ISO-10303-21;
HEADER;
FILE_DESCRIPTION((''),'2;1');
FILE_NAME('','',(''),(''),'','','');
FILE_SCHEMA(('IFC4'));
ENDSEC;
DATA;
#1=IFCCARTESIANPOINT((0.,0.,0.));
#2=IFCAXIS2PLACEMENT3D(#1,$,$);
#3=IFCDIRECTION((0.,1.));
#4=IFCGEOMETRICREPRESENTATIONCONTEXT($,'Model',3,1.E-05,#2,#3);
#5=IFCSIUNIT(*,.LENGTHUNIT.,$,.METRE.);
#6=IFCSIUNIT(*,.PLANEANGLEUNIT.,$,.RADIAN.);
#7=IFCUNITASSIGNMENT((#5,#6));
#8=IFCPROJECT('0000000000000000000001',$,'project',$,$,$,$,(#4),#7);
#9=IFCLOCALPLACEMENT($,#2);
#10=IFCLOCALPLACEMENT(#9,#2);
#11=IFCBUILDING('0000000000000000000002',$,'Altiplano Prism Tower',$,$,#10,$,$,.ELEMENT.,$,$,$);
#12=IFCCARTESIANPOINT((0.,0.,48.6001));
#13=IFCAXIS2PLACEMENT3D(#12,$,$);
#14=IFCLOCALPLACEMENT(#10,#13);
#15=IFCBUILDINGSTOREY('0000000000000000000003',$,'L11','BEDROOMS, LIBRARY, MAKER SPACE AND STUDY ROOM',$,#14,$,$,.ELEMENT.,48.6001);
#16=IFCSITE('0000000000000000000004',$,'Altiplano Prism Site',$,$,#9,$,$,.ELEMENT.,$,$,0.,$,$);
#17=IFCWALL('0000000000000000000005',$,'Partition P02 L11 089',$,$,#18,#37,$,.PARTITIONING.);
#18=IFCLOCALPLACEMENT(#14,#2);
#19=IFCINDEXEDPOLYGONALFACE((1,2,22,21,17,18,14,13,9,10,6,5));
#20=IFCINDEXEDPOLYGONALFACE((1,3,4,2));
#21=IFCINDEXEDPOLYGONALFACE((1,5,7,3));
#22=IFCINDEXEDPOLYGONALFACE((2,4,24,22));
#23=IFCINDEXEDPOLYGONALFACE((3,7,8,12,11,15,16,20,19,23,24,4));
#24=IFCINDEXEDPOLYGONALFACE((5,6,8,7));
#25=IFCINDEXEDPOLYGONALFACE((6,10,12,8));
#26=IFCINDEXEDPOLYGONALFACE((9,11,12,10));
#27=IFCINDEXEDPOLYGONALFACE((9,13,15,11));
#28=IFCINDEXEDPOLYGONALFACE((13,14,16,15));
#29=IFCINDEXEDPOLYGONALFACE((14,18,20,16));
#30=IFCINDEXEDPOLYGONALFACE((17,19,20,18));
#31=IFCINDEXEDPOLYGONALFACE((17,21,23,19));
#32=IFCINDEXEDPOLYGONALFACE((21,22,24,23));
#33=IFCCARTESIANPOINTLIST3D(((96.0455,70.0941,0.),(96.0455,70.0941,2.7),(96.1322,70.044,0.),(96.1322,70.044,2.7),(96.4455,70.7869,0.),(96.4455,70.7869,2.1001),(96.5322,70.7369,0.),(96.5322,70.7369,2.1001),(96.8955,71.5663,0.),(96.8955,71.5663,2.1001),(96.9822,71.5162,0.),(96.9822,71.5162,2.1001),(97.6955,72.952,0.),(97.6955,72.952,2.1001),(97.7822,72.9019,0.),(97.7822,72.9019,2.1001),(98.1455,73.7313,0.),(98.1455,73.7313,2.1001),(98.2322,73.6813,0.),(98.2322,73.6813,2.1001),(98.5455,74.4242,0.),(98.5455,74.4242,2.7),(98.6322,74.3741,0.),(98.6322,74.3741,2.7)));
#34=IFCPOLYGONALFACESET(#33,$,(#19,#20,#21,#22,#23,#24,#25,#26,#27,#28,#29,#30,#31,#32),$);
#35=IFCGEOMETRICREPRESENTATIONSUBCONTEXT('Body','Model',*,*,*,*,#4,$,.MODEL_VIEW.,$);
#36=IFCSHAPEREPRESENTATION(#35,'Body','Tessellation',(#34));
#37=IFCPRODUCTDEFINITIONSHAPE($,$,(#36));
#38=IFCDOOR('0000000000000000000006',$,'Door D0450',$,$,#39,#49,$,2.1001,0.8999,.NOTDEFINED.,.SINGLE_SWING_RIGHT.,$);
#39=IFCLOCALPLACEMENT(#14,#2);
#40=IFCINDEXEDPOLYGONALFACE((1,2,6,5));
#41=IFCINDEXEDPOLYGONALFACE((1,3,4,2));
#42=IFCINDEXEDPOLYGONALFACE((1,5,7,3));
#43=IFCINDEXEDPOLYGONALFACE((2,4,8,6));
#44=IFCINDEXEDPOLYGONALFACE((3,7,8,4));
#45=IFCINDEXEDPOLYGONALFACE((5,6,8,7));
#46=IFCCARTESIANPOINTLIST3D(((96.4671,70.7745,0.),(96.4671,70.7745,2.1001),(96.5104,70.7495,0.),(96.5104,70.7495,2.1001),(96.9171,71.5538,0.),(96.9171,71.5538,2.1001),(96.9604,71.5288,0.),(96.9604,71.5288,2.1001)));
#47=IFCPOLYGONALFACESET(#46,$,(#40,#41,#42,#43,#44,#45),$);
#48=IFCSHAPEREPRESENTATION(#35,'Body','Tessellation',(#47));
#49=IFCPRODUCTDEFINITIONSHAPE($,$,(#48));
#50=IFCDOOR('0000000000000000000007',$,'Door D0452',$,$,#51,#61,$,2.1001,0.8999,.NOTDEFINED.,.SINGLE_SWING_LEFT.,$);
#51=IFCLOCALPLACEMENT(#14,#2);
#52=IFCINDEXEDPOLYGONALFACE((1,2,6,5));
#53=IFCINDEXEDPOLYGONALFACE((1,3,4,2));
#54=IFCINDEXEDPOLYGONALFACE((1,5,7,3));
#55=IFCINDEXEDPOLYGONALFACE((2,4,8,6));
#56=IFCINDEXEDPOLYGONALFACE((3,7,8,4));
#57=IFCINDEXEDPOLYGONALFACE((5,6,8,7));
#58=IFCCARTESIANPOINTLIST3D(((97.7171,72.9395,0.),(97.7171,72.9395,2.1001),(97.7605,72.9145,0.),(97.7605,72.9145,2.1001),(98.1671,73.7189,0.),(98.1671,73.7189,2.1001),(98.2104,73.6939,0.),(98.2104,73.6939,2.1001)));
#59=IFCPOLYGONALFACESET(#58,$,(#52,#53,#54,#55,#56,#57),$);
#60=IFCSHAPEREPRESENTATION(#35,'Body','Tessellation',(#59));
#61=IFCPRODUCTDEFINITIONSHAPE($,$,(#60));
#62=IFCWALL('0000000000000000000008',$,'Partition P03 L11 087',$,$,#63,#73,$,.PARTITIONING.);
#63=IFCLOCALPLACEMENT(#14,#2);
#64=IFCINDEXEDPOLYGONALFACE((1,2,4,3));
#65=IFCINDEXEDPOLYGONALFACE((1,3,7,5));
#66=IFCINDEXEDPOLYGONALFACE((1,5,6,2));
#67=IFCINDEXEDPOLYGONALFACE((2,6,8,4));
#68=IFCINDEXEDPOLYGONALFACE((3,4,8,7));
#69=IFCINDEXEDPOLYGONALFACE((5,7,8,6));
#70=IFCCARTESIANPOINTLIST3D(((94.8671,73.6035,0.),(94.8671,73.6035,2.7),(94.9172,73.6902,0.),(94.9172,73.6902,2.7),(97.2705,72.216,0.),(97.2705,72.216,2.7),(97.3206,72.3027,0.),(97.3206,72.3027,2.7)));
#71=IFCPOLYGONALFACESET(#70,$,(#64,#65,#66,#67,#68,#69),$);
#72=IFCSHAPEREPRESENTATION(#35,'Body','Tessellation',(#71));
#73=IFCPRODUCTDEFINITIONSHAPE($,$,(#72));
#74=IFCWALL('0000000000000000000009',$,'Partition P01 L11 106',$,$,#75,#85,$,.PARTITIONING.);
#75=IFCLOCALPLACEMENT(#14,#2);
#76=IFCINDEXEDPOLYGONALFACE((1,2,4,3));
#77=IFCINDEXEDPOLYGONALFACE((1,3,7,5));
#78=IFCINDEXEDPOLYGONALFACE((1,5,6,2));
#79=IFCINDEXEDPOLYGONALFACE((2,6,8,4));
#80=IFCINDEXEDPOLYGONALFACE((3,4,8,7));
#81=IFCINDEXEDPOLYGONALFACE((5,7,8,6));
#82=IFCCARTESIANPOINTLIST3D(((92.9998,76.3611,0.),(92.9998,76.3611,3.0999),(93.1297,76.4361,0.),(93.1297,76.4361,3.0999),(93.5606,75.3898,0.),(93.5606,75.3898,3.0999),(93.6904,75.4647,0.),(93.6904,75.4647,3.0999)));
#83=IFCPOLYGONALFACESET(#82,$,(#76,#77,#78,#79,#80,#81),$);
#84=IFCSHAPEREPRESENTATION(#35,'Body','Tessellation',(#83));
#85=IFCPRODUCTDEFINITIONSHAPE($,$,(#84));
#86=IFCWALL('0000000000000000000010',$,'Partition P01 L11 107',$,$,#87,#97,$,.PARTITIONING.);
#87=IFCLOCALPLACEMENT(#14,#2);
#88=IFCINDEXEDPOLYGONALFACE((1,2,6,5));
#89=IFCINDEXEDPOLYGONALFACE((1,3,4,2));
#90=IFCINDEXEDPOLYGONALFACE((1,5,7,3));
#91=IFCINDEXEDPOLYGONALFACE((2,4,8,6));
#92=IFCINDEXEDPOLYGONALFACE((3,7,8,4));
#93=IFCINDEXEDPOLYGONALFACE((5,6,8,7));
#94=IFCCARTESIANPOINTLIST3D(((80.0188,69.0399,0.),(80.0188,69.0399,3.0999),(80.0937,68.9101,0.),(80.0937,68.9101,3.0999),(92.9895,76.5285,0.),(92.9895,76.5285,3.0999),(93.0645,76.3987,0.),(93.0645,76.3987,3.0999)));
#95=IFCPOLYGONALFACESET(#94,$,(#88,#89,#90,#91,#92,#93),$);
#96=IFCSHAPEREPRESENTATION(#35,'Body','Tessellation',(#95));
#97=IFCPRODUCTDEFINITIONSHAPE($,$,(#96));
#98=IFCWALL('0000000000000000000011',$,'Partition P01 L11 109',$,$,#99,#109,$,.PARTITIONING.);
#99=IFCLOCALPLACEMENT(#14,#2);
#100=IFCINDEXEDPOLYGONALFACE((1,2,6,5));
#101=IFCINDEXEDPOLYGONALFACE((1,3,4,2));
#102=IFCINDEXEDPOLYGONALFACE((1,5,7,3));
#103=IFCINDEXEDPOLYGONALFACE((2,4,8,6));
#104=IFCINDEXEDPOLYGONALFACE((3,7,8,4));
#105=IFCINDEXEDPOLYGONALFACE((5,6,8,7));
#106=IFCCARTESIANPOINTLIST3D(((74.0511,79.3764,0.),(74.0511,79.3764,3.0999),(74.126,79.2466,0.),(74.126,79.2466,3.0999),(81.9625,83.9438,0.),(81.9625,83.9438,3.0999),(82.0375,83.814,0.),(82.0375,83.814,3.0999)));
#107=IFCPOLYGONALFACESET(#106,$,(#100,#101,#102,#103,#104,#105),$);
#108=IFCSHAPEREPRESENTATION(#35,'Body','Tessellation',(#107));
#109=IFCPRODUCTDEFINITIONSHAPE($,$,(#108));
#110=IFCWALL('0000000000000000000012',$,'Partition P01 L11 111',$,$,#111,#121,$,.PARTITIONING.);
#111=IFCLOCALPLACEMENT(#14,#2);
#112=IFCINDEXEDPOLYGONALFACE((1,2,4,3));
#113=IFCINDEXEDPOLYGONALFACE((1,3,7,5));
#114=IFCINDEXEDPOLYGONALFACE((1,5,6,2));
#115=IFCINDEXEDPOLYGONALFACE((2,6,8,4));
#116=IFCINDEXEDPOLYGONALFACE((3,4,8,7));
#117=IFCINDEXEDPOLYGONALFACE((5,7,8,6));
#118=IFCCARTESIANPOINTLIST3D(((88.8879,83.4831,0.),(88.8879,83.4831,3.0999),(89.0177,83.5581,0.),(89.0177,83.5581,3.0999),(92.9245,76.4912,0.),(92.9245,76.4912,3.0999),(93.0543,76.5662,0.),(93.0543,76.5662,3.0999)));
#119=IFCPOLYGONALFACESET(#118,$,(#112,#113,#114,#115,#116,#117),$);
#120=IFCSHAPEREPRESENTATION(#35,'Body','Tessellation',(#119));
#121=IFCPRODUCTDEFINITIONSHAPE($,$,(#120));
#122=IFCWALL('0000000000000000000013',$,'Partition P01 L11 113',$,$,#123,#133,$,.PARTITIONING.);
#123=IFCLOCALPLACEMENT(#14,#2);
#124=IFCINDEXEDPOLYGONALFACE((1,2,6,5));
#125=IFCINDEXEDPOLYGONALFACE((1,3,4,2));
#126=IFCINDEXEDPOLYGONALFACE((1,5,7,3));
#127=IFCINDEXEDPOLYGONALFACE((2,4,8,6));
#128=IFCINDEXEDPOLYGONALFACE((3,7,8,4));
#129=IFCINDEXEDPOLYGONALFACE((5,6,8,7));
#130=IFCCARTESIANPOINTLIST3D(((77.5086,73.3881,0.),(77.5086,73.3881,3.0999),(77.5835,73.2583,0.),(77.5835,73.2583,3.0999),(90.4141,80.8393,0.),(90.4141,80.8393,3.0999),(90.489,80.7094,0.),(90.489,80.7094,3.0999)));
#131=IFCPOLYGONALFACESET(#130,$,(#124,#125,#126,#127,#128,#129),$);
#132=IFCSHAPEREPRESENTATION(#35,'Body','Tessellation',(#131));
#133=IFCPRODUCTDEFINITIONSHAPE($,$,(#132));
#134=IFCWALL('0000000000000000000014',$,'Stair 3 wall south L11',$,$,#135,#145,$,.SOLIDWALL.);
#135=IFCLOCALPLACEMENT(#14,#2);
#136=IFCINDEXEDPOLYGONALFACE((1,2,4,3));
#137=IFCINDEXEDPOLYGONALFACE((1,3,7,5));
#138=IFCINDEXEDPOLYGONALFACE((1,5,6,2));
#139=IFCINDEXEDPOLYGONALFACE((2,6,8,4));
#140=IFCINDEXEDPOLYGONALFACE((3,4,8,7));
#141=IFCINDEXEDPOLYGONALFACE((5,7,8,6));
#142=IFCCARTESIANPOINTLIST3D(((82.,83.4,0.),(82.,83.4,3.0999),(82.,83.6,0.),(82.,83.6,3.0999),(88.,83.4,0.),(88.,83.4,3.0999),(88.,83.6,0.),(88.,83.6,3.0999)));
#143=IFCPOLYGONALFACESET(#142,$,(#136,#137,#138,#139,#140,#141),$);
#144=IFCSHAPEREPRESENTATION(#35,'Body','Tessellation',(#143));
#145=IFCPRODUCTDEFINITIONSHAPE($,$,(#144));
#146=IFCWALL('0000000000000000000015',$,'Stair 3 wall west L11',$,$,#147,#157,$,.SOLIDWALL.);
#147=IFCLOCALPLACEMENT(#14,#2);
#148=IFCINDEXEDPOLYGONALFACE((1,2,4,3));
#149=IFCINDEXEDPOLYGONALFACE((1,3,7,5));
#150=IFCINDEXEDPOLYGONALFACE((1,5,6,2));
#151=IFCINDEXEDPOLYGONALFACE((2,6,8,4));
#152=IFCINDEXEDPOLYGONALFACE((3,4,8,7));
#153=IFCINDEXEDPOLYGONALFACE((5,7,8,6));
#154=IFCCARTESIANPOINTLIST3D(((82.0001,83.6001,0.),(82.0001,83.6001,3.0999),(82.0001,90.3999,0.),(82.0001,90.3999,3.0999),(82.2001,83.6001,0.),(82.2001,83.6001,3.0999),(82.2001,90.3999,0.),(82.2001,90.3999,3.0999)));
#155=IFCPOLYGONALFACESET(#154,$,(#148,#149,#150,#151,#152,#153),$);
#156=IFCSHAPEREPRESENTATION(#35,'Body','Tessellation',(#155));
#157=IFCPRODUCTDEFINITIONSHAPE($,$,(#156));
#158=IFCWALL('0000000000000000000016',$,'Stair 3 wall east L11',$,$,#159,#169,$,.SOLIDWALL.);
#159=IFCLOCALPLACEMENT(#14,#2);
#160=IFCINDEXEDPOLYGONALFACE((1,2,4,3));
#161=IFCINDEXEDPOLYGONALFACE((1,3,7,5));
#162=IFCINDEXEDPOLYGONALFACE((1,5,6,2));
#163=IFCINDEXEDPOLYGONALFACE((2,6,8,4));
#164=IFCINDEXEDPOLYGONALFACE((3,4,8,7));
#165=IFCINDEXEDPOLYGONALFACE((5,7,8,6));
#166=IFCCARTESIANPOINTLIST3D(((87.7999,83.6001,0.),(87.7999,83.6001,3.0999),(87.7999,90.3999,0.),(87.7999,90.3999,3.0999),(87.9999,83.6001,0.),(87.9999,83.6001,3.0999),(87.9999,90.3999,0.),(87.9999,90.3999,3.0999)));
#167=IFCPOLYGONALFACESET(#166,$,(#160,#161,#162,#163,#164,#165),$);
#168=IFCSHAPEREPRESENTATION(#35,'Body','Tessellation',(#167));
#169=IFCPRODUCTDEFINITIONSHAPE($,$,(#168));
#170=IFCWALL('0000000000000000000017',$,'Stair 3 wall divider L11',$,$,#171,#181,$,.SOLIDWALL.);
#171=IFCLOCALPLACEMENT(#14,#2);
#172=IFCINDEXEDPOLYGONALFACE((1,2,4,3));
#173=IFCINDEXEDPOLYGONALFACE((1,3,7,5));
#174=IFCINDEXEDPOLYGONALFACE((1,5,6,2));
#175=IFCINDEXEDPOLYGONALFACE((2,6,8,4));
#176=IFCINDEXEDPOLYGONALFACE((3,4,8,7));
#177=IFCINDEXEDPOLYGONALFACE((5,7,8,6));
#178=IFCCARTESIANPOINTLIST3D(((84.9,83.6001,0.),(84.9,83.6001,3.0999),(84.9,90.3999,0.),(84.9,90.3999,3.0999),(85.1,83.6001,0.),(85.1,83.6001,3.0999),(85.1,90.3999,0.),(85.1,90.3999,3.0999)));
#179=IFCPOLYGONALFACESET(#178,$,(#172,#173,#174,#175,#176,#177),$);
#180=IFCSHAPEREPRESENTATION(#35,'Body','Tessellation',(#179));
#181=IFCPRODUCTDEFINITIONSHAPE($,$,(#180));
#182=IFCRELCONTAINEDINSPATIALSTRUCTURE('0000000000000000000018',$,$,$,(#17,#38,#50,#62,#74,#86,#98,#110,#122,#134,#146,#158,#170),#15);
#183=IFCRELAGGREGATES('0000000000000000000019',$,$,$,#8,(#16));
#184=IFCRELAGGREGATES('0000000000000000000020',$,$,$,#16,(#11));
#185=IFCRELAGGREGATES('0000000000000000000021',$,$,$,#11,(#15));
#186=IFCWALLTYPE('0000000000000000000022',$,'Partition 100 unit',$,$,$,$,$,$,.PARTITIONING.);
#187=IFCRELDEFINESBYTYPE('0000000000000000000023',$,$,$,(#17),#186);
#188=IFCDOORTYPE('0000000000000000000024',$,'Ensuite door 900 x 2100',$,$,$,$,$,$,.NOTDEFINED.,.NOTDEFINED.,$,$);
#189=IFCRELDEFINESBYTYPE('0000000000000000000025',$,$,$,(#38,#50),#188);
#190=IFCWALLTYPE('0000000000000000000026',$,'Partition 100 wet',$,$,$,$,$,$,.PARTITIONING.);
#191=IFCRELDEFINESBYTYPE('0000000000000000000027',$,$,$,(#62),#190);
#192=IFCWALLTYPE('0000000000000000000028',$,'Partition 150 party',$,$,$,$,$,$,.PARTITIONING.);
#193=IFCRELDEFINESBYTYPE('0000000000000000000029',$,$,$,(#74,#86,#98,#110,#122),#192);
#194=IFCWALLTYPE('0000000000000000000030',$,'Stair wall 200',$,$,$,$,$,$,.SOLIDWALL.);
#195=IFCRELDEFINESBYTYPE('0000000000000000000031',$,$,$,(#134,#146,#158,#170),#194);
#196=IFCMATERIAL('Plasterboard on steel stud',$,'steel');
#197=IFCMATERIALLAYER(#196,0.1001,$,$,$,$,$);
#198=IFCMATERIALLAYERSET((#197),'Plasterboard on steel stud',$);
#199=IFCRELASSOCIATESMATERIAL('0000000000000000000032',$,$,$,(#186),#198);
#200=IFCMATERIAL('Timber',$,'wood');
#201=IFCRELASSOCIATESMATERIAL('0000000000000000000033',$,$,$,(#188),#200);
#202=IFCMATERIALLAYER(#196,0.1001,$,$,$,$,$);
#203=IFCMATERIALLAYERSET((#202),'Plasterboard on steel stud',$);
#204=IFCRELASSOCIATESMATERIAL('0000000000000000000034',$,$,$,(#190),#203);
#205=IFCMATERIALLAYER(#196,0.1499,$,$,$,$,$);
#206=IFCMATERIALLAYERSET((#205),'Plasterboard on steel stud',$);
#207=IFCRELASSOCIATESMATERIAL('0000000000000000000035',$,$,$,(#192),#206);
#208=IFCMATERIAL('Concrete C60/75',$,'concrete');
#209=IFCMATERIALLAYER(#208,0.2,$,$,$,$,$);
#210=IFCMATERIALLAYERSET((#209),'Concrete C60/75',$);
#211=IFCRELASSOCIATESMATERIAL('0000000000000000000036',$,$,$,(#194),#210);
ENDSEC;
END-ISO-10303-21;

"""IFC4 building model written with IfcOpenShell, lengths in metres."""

from ifc_helpers import new_model, si_unit, direction, frame, frame_2d, origin, place, context, subcontext, project, spatial, rectangle, extrude, material, layer, layer_set, type_object, element, fill, save


model = new_model("IFC4")

# Units and contexts
model_context = context("Model", 3, precision=1e-05, world=origin(), true_north=direction((0.0, 1.0)))
body_context = subcontext(model_context, "Body", "Model", "MODEL_VIEW")
ifc_project = project(units=[si_unit("LENGTHUNIT", "METRE"), si_unit("PLANEANGLEUNIT", "RADIAN")], contexts=[model_context])

# Site, building, storey
site_placement = place(None, origin())
site = spatial("IfcSite", under=ifc_project, at=site_placement, Name="Altiplano Prism Site", CompositionType="ELEMENT", RefElevation=0.0)
building_placement = place(site_placement, origin())
building = spatial("IfcBuilding", under=site, at=building_placement, Name="Altiplano Prism Tower", CompositionType="ELEMENT")
storey_placement = place(building_placement, frame((0.0, 0.0, 48.6001)))
storey = spatial("IfcBuildingStorey", under=building, at=storey_placement, Name="L11", Description="BEDROOMS, LIBRARY, MAKER SPACE AND STUDY ROOM", CompositionType="ELEMENT", Elevation=48.6001)

# Shared definitions
ifc_material_1 = material(Name="Concrete C60/75", Category="concrete")

# Shared definitions
ifc_material_2 = material(Name="Plasterboard on steel stud", Category="steel")
ifc_layer_1 = layer(ifc_material_2, 0.1001)
ifc_layer_set_1 = layer_set([ifc_layer_1], Name="Plasterboard on steel stud")
wall_type_1 = type_object("IfcWallType", Name="Partition 100 unit", PredefinedType="PARTITIONING", material=ifc_layer_set_1)
ifc_material_3 = material(Name="Timber", Category="wood")
door_type = type_object("IfcDoorType", Name="Ensuite door 900 x 2100", OperationType="NOTDEFINED", PredefinedType="NOTDEFINED", material=ifc_material_3)

# Wall, openings, doors
wall_1_placement = place(storey_placement, frame((98.5889, 74.3992, 0.0), z_axis=(0.0, 0.0, 1.0), x_axis=(-0.500004, -0.866023, 0.0)))
wall_1 = element("IfcWall", 1, at=wall_1_placement, inside=storey, type_object=wall_type_1, Name="Partition P02 L11 089", PredefinedType="PARTITIONING", context=body_context, shape_type="SweptSolid", body=[
    extrude(rectangle(XDim=5.0, YDim=0.1001, at=frame_2d((2.5, 0.0))), origin(), (0.0, 0.0, 1.0), 2.7),
])
opening_1_placement = place(wall_1_placement, frame((3.3, 0.0, 0.0)))
opening_1 = element("IfcOpeningElement", 2, at=opening_1_placement, cuts=wall_1, PredefinedType="OPENING", context=body_context, shape_type="SweptSolid", body=[
    extrude(rectangle(XDim=0.8999, YDim=2.1001, at=frame_2d((0.45, 1.05))), frame((0.0, 0.0605, 0.0), z_axis=(0.0, -1.0, 0.0), x_axis=(1.0, 0.0, 0.0)), (0.0, 0.0, 1.0), 0.1211),
])
opening_2_placement = place(wall_1_placement, frame((0.8, 0.0, 0.0)))
opening_2 = element("IfcOpeningElement", 3, at=opening_2_placement, cuts=wall_1, PredefinedType="OPENING", context=body_context, shape_type="SweptSolid", body=[
    extrude(rectangle(XDim=0.8999, YDim=2.1001, at=frame_2d((0.45, 1.05))), frame((0.0, 0.0605, 0.0), z_axis=(0.0, -1.0, 0.0), x_axis=(1.0, 0.0, 0.0)), (0.0, 0.0, 1.0), 0.1211),
])
door_1_placement = place(opening_1_placement, origin())
door_1 = element("IfcDoor", 4, at=door_1_placement, inside=storey, type_object=door_type, Name="Door D0450", OperationType="SINGLE_SWING_RIGHT", OverallHeight=2.1001, OverallWidth=0.8999, PredefinedType="NOTDEFINED", context=body_context, shape_type="SweptSolid", body=[
    extrude(rectangle(XDim=0.8999, YDim=2.1001, at=frame_2d((0.45, 1.05))), frame((0.0, 0.0249, 0.0), z_axis=(0.0, -1.0, 0.0), x_axis=(1.0, 0.0, 0.0)), (0.0, 0.0, 1.0), 0.05),
])
fill(opening_1, door_1)
door_2_placement = place(opening_2_placement, origin())
door_2 = element("IfcDoor", 5, at=door_2_placement, inside=storey, type_object=door_type, Name="Door D0452", OperationType="SINGLE_SWING_LEFT", OverallHeight=2.1001, OverallWidth=0.8999, PredefinedType="NOTDEFINED", context=body_context, shape_type="SweptSolid", body=[
    extrude(rectangle(XDim=0.8999, YDim=2.1001, at=frame_2d((0.45, 1.05))), frame((0.0, 0.0249, 0.0), z_axis=(0.0, -1.0, 0.0), x_axis=(1.0, 0.0, 0.0)), (0.0, 0.0, 1.0), 0.05),
])
fill(opening_2, door_2)

# Walls
ifc_layer_2 = layer(ifc_material_2, 0.1001)
ifc_layer_set_2 = layer_set([ifc_layer_2], Name="Plasterboard on steel stud")
wall_type_2 = type_object("IfcWallType", Name="Partition 100 wet", PredefinedType="PARTITIONING", material=ifc_layer_set_2)
wall_2_placement = place(storey_placement, frame((97.2957, 72.2593, 0.0), z_axis=(0.0, 0.0, 1.0), x_axis=(-0.866042, 0.499971, 0.0)))
element("IfcWall", 6, at=wall_2_placement, inside=storey, type_object=wall_type_2, Name="Partition P03 L11 087", PredefinedType="PARTITIONING", context=body_context, shape_type="SweptSolid", body=[
    extrude(rectangle(XDim=2.7751, YDim=0.1001, at=frame_2d((1.3877, 0.0))), origin(), (0.0, 0.0, 1.0), 2.7),
])
ifc_layer_3 = layer(ifc_material_2, 0.1499)
ifc_layer_set_3 = layer_set([ifc_layer_3], Name="Plasterboard on steel stud")
wall_type_3 = type_object("IfcWallType", Name="Partition 150 party", PredefinedType="PARTITIONING", material=ifc_layer_set_3)
wall_3_placement = place(storey_placement, frame((93.6255, 75.4272, 0.0), z_axis=(0.0, 0.0, 1.0), x_axis=(-0.499955, 0.866051, 0.0)))
element("IfcWall", 7, at=wall_3_placement, inside=storey, type_object=wall_type_3, Name="Partition P01 L11 106", PredefinedType="PARTITIONING", context=body_context, shape_type="SweptSolid", body=[
    extrude(rectangle(XDim=1.1216, YDim=0.1499, at=frame_2d((0.5608, 0.0))), origin(), (0.0, 0.0, 1.0), 3.0999),
])
wall_4_placement = place(storey_placement, frame((93.0271, 76.4636, 0.0), z_axis=(0.0, 0.0, 1.0), x_axis=(-0.866029, -0.499994, 0.0)))
element("IfcWall", 8, at=wall_4_placement, inside=storey, type_object=wall_type_3, Name="Partition P01 L11 107", PredefinedType="PARTITIONING", context=body_context, shape_type="SweptSolid", body=[
    extrude(rectangle(XDim=14.9773, YDim=0.1499, at=frame_2d((7.4888, 0.0))), origin(), (0.0, 0.0, 1.0), 3.0999),
])
wall_5_placement = place(storey_placement, frame((82.0, 83.8789, 0.0), z_axis=(0.0, 0.0, 1.0), x_axis=(-0.866037, -0.499979, 0.0)))
element("IfcWall", 9, at=wall_5_placement, inside=storey, type_object=wall_type_3, Name="Partition P01 L11 109", PredefinedType="PARTITIONING", context=body_context, shape_type="SweptSolid", body=[
    extrude(rectangle(XDim=9.1353, YDim=0.1499, at=frame_2d((4.5676, 0.0))), origin(), (0.0, 0.0, 1.0), 3.0999),
])
wall_6_placement = place(storey_placement, frame((88.9529, 83.5205, 0.0), z_axis=(0.0, 0.0, 1.0), x_axis=(0.499983, -0.866035, 0.0)))
element("IfcWall", 10, at=wall_6_placement, inside=storey, type_object=wall_type_3, Name="Partition P01 L11 111", PredefinedType="PARTITIONING", context=body_context, shape_type="SweptSolid", body=[
    extrude(rectangle(XDim=8.0735, YDim=0.1499, at=frame_2d((4.0366, 0.0))), origin(), (0.0, 0.0, 1.0), 3.0999),
])
wall_7_placement = place(storey_placement, frame((90.4517, 80.7744, 0.0), z_axis=(0.0, 0.0, 1.0), x_axis=(-0.866021, -0.500008, 0.0)))
element("IfcWall", 11, at=wall_7_placement, inside=storey, type_object=wall_type_3, Name="Partition P01 L11 113", PredefinedType="PARTITIONING", context=body_context, shape_type="SweptSolid", body=[
    extrude(rectangle(XDim=14.9021, YDim=0.1499, at=frame_2d((7.4512, 0.0))), origin(), (0.0, 0.0, 1.0), 3.0999),
])
ifc_layer_4 = layer(ifc_material_1, 0.2)
ifc_layer_set_4 = layer_set([ifc_layer_4], Name="Concrete C60/75")
wall_type_4 = type_object("IfcWallType", Name="Stair wall 200", PredefinedType="SOLIDWALL", material=ifc_layer_set_4)
wall_8_placement = place(storey_placement, frame((82.0, 83.5, 0.0), z_axis=(0.0, 0.0, 1.0), x_axis=(1.0, 0.0, 0.0)))
element("IfcWall", 12, at=wall_8_placement, inside=storey, type_object=wall_type_4, Name="Stair 3 wall south L11", PredefinedType="SOLIDWALL", context=body_context, shape_type="SweptSolid", body=[
    extrude(rectangle(XDim=6.0, YDim=0.2, at=frame_2d((3.0, 0.0))), origin(), (0.0, 0.0, 1.0), 3.0999),
])
for number, where, z_axis, x_axis, name in (
    (13, (82.1001, 83.6001, 0.0), (0.0, 0.0, 1.0), (0.0, 1.0, 0.0), "Stair 3 wall west L11"),
    (14, (87.8999, 83.6001, 0.0), (0.0, 0.0, 1.0), (0.0, 1.0, 0.0), "Stair 3 wall east L11"),
    (15, (85.0, 83.6001, 0.0), (0.0, 0.0, 1.0), (0.0, 1.0, 0.0), "Stair 3 wall divider L11"),
):
    element("IfcWall", number, at=place(storey_placement, frame(where, z_axis=z_axis, x_axis=x_axis)), inside=storey, type_object=wall_type_4, Name=name, PredefinedType="SOLIDWALL", context=body_context, shape_type="SweptSolid", body=[
        extrude(rectangle(XDim=6.7998, YDim=0.2, at=frame_2d((3.3999, 0.0))), origin(), (0.0, 0.0, 1.0), 3.0999),
    ])

save(model, "model.ifc")
